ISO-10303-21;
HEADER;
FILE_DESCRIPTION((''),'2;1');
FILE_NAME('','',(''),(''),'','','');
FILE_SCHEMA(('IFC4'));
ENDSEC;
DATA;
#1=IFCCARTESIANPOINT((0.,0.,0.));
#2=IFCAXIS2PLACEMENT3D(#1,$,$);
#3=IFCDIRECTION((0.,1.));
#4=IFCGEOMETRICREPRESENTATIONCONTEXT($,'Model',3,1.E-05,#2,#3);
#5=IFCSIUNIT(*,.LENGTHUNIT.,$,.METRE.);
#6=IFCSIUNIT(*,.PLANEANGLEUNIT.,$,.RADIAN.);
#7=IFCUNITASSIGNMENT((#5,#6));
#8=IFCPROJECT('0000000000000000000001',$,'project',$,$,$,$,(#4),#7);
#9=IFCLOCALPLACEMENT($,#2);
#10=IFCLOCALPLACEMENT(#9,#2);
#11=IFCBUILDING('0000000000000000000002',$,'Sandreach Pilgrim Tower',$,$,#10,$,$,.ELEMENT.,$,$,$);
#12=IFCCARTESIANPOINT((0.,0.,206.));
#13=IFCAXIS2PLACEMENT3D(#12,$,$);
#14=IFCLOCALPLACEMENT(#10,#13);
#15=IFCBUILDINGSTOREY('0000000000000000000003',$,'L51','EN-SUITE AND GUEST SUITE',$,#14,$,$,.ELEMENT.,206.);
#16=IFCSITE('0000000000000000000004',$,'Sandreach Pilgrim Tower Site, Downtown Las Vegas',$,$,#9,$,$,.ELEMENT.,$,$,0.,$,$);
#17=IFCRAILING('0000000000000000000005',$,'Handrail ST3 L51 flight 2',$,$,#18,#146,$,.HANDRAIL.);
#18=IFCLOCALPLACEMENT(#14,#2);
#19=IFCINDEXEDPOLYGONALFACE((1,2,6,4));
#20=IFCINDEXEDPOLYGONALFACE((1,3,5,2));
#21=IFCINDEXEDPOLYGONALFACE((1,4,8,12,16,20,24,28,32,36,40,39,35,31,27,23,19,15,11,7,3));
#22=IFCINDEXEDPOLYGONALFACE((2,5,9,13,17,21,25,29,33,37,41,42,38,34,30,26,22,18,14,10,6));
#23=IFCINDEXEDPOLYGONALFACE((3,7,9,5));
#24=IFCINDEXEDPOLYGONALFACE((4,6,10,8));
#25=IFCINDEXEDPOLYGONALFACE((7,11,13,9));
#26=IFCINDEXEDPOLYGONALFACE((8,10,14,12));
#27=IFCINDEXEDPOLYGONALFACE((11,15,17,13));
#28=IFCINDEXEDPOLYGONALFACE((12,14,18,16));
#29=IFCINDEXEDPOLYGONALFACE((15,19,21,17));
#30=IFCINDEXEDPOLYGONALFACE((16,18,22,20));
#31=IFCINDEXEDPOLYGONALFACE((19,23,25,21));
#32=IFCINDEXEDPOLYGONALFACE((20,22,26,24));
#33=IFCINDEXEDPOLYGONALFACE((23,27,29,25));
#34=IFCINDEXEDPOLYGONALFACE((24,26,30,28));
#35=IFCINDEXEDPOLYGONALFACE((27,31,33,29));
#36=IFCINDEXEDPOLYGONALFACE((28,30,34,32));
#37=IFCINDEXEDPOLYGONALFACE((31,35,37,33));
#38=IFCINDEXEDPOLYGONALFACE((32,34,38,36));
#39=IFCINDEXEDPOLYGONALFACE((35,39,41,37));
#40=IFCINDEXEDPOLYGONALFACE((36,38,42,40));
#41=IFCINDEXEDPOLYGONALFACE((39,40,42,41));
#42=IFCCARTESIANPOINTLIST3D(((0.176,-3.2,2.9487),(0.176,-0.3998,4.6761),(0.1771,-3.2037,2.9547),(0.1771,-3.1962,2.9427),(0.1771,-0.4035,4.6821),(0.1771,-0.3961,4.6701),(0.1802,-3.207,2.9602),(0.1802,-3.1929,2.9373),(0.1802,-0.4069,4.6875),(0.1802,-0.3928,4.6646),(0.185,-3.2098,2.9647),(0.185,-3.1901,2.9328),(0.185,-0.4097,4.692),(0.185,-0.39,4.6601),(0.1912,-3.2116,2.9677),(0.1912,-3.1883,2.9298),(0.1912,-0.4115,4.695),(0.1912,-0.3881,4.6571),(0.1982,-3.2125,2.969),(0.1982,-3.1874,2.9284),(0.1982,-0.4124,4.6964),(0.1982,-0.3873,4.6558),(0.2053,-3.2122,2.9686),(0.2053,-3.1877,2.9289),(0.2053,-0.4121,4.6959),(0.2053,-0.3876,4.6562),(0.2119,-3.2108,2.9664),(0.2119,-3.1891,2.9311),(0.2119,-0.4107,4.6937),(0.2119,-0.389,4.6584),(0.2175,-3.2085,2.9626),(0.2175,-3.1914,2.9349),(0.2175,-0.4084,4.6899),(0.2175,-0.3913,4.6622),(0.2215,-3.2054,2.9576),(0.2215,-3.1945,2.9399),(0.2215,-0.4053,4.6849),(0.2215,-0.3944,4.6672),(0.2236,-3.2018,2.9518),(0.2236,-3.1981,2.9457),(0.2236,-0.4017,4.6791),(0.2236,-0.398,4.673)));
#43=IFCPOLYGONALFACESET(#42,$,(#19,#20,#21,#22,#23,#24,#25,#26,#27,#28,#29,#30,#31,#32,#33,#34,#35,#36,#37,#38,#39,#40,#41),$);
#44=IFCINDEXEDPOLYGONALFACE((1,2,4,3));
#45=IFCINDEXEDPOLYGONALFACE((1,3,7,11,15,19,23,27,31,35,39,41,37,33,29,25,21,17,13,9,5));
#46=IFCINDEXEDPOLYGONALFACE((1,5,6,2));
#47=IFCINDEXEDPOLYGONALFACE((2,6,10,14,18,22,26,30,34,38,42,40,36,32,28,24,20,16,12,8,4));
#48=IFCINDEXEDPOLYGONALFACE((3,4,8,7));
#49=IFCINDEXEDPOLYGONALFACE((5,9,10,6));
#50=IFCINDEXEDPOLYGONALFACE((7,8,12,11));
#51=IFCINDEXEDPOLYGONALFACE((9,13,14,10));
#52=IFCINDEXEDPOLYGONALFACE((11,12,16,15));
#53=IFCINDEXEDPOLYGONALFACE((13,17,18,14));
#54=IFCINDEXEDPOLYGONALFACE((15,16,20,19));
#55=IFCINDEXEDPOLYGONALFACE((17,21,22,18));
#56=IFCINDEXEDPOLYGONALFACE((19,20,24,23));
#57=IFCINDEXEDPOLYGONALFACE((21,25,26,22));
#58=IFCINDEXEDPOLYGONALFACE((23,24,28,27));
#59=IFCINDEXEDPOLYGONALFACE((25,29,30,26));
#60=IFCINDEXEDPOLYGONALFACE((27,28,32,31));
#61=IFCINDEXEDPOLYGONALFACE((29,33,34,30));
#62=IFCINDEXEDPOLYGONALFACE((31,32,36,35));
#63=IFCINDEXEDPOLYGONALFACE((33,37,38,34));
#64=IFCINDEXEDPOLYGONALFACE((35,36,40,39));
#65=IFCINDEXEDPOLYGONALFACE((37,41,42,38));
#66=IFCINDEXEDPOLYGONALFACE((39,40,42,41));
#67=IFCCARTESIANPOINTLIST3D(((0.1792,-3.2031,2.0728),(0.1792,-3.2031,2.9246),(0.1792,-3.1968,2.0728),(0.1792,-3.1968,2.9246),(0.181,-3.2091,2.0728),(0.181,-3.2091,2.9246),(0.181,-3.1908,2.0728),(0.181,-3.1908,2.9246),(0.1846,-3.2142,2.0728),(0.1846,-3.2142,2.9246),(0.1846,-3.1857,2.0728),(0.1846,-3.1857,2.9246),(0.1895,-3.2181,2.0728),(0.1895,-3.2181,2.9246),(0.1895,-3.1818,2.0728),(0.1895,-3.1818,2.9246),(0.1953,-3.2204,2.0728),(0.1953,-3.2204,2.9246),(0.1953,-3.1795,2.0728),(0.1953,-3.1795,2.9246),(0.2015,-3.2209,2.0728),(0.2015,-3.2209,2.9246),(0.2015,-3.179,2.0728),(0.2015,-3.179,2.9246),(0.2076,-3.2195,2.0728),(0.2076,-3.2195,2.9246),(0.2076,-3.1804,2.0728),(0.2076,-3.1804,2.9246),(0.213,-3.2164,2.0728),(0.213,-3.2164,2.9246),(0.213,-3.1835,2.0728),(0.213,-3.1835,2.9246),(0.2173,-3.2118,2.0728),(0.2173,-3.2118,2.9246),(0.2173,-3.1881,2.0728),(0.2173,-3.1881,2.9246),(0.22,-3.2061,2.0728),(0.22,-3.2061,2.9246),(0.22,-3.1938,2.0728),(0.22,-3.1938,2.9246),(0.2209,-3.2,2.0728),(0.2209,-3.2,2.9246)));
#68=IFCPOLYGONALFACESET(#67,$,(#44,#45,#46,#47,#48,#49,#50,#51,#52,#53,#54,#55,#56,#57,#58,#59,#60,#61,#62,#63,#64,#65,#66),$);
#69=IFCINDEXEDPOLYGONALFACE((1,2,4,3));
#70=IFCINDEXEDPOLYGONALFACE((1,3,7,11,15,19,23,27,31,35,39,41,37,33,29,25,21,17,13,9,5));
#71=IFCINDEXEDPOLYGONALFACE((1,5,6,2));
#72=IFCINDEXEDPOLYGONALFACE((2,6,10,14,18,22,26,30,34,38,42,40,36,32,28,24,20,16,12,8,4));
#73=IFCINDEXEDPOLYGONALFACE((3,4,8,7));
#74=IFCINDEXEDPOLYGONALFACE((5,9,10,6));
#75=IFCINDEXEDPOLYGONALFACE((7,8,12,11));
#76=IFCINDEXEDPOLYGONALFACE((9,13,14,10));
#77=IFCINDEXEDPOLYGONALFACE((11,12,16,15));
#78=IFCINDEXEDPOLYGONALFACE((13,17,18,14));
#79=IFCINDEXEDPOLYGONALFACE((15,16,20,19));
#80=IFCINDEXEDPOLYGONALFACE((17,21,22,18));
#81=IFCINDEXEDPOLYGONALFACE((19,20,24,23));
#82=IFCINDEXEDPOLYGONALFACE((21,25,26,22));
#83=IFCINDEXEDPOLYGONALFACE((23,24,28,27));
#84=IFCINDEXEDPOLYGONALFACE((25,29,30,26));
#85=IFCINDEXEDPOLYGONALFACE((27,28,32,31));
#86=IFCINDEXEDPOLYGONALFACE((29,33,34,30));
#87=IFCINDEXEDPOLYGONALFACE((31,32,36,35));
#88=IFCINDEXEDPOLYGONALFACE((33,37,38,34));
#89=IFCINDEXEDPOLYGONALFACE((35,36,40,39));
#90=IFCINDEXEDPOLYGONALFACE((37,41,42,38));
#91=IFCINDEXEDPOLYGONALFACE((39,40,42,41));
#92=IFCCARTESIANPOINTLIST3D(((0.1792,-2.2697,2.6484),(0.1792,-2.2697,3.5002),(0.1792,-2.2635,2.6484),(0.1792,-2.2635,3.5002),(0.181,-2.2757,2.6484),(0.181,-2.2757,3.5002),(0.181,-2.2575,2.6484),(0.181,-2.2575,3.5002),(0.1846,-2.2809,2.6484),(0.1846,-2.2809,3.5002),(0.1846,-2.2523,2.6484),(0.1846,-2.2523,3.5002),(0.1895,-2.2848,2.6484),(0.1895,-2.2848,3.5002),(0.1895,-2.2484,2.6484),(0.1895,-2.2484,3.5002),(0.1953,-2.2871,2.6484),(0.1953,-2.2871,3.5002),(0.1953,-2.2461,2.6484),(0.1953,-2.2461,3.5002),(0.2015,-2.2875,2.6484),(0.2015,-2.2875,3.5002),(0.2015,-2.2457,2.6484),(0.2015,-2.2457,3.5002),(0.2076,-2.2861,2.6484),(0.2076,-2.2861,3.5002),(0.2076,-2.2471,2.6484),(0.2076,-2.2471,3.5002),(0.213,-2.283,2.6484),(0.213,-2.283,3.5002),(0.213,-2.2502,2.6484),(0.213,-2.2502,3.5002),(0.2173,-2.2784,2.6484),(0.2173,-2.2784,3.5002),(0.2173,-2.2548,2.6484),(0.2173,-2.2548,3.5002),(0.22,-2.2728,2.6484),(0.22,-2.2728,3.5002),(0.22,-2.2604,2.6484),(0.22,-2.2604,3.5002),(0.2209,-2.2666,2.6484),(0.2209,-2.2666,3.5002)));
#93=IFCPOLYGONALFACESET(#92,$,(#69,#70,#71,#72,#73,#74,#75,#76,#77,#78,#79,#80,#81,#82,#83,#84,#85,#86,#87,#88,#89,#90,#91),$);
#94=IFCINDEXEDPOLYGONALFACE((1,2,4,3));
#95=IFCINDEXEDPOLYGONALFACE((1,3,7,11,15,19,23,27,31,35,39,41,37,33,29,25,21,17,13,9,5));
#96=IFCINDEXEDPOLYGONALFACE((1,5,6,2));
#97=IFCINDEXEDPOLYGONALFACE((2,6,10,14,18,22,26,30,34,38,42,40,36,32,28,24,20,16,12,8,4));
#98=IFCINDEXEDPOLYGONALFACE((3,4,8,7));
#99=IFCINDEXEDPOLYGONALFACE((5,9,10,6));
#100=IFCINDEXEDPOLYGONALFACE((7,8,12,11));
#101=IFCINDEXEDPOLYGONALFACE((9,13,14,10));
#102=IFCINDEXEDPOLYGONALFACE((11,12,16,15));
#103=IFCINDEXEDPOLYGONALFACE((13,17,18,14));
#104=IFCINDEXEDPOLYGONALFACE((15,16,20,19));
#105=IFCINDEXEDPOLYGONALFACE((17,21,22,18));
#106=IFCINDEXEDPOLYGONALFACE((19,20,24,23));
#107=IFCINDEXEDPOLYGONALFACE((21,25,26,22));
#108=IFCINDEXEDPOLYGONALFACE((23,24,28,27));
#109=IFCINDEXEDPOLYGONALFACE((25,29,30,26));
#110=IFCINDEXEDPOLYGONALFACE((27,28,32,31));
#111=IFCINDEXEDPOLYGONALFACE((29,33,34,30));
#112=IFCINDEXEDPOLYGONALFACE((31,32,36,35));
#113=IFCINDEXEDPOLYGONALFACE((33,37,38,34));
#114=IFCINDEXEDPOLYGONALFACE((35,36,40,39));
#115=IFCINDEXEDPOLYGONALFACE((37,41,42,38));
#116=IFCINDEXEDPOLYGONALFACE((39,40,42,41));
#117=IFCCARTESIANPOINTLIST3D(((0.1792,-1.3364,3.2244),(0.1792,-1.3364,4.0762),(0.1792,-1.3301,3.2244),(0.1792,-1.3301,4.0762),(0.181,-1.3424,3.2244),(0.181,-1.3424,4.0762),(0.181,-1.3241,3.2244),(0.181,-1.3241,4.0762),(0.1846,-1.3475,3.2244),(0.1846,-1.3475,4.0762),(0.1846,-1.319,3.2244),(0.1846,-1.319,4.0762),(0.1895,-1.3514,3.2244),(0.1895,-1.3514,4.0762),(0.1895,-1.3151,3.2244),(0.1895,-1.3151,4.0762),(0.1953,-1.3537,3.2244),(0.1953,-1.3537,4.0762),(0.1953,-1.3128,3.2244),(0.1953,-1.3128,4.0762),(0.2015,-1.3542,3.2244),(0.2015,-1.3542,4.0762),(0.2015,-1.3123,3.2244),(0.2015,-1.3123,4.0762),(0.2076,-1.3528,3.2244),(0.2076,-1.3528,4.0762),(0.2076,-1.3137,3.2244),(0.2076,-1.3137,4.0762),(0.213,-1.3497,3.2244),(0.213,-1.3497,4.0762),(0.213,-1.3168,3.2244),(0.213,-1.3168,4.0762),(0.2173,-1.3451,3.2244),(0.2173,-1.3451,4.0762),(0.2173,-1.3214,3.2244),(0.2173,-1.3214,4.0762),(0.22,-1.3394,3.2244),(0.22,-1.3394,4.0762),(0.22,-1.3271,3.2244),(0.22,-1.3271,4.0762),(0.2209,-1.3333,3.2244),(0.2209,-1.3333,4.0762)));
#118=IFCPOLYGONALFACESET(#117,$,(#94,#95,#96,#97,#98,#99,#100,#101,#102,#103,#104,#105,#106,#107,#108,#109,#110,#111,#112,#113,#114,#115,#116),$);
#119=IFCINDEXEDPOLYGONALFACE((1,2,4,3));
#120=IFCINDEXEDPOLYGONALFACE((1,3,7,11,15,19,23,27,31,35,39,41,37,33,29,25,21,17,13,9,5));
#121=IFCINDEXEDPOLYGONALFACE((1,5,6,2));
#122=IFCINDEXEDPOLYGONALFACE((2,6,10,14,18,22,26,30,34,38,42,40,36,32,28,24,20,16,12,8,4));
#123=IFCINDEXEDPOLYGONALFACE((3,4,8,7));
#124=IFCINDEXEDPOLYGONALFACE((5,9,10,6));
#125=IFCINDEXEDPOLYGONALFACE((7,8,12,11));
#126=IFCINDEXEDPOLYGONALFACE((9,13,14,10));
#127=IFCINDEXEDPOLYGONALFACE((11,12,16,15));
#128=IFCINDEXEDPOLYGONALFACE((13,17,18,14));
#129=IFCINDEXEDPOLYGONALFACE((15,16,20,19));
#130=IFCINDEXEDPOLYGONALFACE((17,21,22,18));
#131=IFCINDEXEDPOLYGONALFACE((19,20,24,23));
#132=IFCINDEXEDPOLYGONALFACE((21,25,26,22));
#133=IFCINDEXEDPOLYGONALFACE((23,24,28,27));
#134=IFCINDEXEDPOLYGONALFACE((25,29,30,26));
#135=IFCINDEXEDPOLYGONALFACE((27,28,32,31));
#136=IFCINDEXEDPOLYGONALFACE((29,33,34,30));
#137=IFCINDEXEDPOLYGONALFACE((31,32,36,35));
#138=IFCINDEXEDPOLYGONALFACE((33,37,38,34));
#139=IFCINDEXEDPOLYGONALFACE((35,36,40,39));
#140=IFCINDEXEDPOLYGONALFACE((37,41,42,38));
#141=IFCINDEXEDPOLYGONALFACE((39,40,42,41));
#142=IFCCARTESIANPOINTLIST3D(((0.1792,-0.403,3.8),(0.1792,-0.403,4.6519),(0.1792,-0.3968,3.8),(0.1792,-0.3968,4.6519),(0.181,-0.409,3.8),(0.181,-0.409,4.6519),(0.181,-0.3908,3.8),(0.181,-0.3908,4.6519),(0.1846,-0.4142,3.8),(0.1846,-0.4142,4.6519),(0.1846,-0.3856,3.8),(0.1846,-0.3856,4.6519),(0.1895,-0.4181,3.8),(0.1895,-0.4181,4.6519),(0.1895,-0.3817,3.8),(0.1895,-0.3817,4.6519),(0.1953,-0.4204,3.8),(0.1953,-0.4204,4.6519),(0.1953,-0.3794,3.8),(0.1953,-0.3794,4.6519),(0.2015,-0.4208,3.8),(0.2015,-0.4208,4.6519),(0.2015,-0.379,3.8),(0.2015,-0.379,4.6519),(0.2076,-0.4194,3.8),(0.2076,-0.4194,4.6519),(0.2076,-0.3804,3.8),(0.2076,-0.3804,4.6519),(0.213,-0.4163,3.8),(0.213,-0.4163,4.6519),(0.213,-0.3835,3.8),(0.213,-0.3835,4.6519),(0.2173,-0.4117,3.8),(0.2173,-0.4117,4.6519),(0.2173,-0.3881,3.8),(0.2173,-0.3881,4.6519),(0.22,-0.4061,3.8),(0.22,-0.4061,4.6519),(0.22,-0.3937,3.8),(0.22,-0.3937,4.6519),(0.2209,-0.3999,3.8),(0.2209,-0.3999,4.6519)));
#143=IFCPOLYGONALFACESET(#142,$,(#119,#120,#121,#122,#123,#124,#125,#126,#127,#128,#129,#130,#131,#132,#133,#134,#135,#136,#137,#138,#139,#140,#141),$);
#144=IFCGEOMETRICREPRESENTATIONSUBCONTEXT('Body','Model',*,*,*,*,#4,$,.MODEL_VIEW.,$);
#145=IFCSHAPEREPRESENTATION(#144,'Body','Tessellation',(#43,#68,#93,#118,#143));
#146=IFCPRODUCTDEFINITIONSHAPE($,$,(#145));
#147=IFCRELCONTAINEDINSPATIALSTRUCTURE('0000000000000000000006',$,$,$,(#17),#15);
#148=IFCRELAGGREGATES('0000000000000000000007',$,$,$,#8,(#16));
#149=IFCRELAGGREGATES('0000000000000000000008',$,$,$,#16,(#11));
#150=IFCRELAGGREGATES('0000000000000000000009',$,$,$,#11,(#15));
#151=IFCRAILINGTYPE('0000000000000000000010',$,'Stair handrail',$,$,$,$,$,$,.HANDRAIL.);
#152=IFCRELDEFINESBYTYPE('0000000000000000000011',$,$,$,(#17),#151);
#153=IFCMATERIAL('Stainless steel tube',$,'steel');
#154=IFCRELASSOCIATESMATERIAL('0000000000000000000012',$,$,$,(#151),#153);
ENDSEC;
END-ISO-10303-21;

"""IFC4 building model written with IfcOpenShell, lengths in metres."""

from ifc_helpers import new_model, si_unit, direction, frame, origin, origin_2d, place, context, subcontext, project, spatial, circle, extrude, material, type_object, element, save


model = new_model("IFC4")

# Units and contexts
model_context = context("Model", 3, precision=1e-05, world=origin(), true_north=direction((0.0, 1.0)))
body_context = subcontext(model_context, "Body", "Model", "MODEL_VIEW")
ifc_project = project(units=[si_unit("LENGTHUNIT", "METRE"), si_unit("PLANEANGLEUNIT", "RADIAN")], contexts=[model_context])

# Site, building, storey
site_placement = place(None, origin())
site = spatial("IfcSite", under=ifc_project, at=site_placement, Name="Sandreach Pilgrim Tower Site, Downtown Las Vegas", CompositionType="ELEMENT", RefElevation=0.0)
building_placement = place(site_placement, origin())
building = spatial("IfcBuilding", under=site, at=building_placement, Name="Sandreach Pilgrim Tower", CompositionType="ELEMENT")
storey_placement = place(building_placement, frame((0.0, 0.0, 206.0)))
storey = spatial("IfcBuildingStorey", under=building, at=storey_placement, Name="L51", Description="EN-SUITE AND GUEST SUITE", CompositionType="ELEMENT", Elevation=206.0)

# Railing
ifc_material_1 = material(Name="Stainless steel tube", Category="steel")
railing_type = type_object("IfcRailingType", Name="Stair handrail", PredefinedType="HANDRAIL", material=ifc_material_1)
for number, where, name in (
    (1, (0.2, -3.2, 2.0728), "Handrail ST3 L51 flight 2"),
):
    element("IfcRailing", number, at=place(storey_placement, frame(where)), inside=storey, type_object=railing_type, Name=name, PredefinedType="HANDRAIL", context=body_context, shape_type="SweptSolid", body=[
        extrude(circle(Radius=0.0239, at=origin_2d()), frame((0.0, 0.0, 0.876), z_axis=(0.0, 0.85109, 0.52502), x_axis=(-1.0, 0.0, 0.0)), (0.0, 0.0, 1.0), 3.29),
        extrude(circle(Radius=0.021, at=origin_2d()), origin(), (0.0, 0.0, 1.0), 0.8518),
        extrude(circle(Radius=0.021, at=origin_2d()), frame((0.0, 0.9333, 0.5757)), (0.0, 0.0, 1.0), 0.8518),
        extrude(circle(Radius=0.021, at=origin_2d()), frame((0.0, 1.8667, 1.1516)), (0.0, 0.0, 1.0), 0.8518),
        extrude(circle(Radius=0.021, at=origin_2d()), frame((0.0, 2.8, 1.7273)), (0.0, 0.0, 1.0), 0.8518),
    ])

save(model, "model.ifc")
